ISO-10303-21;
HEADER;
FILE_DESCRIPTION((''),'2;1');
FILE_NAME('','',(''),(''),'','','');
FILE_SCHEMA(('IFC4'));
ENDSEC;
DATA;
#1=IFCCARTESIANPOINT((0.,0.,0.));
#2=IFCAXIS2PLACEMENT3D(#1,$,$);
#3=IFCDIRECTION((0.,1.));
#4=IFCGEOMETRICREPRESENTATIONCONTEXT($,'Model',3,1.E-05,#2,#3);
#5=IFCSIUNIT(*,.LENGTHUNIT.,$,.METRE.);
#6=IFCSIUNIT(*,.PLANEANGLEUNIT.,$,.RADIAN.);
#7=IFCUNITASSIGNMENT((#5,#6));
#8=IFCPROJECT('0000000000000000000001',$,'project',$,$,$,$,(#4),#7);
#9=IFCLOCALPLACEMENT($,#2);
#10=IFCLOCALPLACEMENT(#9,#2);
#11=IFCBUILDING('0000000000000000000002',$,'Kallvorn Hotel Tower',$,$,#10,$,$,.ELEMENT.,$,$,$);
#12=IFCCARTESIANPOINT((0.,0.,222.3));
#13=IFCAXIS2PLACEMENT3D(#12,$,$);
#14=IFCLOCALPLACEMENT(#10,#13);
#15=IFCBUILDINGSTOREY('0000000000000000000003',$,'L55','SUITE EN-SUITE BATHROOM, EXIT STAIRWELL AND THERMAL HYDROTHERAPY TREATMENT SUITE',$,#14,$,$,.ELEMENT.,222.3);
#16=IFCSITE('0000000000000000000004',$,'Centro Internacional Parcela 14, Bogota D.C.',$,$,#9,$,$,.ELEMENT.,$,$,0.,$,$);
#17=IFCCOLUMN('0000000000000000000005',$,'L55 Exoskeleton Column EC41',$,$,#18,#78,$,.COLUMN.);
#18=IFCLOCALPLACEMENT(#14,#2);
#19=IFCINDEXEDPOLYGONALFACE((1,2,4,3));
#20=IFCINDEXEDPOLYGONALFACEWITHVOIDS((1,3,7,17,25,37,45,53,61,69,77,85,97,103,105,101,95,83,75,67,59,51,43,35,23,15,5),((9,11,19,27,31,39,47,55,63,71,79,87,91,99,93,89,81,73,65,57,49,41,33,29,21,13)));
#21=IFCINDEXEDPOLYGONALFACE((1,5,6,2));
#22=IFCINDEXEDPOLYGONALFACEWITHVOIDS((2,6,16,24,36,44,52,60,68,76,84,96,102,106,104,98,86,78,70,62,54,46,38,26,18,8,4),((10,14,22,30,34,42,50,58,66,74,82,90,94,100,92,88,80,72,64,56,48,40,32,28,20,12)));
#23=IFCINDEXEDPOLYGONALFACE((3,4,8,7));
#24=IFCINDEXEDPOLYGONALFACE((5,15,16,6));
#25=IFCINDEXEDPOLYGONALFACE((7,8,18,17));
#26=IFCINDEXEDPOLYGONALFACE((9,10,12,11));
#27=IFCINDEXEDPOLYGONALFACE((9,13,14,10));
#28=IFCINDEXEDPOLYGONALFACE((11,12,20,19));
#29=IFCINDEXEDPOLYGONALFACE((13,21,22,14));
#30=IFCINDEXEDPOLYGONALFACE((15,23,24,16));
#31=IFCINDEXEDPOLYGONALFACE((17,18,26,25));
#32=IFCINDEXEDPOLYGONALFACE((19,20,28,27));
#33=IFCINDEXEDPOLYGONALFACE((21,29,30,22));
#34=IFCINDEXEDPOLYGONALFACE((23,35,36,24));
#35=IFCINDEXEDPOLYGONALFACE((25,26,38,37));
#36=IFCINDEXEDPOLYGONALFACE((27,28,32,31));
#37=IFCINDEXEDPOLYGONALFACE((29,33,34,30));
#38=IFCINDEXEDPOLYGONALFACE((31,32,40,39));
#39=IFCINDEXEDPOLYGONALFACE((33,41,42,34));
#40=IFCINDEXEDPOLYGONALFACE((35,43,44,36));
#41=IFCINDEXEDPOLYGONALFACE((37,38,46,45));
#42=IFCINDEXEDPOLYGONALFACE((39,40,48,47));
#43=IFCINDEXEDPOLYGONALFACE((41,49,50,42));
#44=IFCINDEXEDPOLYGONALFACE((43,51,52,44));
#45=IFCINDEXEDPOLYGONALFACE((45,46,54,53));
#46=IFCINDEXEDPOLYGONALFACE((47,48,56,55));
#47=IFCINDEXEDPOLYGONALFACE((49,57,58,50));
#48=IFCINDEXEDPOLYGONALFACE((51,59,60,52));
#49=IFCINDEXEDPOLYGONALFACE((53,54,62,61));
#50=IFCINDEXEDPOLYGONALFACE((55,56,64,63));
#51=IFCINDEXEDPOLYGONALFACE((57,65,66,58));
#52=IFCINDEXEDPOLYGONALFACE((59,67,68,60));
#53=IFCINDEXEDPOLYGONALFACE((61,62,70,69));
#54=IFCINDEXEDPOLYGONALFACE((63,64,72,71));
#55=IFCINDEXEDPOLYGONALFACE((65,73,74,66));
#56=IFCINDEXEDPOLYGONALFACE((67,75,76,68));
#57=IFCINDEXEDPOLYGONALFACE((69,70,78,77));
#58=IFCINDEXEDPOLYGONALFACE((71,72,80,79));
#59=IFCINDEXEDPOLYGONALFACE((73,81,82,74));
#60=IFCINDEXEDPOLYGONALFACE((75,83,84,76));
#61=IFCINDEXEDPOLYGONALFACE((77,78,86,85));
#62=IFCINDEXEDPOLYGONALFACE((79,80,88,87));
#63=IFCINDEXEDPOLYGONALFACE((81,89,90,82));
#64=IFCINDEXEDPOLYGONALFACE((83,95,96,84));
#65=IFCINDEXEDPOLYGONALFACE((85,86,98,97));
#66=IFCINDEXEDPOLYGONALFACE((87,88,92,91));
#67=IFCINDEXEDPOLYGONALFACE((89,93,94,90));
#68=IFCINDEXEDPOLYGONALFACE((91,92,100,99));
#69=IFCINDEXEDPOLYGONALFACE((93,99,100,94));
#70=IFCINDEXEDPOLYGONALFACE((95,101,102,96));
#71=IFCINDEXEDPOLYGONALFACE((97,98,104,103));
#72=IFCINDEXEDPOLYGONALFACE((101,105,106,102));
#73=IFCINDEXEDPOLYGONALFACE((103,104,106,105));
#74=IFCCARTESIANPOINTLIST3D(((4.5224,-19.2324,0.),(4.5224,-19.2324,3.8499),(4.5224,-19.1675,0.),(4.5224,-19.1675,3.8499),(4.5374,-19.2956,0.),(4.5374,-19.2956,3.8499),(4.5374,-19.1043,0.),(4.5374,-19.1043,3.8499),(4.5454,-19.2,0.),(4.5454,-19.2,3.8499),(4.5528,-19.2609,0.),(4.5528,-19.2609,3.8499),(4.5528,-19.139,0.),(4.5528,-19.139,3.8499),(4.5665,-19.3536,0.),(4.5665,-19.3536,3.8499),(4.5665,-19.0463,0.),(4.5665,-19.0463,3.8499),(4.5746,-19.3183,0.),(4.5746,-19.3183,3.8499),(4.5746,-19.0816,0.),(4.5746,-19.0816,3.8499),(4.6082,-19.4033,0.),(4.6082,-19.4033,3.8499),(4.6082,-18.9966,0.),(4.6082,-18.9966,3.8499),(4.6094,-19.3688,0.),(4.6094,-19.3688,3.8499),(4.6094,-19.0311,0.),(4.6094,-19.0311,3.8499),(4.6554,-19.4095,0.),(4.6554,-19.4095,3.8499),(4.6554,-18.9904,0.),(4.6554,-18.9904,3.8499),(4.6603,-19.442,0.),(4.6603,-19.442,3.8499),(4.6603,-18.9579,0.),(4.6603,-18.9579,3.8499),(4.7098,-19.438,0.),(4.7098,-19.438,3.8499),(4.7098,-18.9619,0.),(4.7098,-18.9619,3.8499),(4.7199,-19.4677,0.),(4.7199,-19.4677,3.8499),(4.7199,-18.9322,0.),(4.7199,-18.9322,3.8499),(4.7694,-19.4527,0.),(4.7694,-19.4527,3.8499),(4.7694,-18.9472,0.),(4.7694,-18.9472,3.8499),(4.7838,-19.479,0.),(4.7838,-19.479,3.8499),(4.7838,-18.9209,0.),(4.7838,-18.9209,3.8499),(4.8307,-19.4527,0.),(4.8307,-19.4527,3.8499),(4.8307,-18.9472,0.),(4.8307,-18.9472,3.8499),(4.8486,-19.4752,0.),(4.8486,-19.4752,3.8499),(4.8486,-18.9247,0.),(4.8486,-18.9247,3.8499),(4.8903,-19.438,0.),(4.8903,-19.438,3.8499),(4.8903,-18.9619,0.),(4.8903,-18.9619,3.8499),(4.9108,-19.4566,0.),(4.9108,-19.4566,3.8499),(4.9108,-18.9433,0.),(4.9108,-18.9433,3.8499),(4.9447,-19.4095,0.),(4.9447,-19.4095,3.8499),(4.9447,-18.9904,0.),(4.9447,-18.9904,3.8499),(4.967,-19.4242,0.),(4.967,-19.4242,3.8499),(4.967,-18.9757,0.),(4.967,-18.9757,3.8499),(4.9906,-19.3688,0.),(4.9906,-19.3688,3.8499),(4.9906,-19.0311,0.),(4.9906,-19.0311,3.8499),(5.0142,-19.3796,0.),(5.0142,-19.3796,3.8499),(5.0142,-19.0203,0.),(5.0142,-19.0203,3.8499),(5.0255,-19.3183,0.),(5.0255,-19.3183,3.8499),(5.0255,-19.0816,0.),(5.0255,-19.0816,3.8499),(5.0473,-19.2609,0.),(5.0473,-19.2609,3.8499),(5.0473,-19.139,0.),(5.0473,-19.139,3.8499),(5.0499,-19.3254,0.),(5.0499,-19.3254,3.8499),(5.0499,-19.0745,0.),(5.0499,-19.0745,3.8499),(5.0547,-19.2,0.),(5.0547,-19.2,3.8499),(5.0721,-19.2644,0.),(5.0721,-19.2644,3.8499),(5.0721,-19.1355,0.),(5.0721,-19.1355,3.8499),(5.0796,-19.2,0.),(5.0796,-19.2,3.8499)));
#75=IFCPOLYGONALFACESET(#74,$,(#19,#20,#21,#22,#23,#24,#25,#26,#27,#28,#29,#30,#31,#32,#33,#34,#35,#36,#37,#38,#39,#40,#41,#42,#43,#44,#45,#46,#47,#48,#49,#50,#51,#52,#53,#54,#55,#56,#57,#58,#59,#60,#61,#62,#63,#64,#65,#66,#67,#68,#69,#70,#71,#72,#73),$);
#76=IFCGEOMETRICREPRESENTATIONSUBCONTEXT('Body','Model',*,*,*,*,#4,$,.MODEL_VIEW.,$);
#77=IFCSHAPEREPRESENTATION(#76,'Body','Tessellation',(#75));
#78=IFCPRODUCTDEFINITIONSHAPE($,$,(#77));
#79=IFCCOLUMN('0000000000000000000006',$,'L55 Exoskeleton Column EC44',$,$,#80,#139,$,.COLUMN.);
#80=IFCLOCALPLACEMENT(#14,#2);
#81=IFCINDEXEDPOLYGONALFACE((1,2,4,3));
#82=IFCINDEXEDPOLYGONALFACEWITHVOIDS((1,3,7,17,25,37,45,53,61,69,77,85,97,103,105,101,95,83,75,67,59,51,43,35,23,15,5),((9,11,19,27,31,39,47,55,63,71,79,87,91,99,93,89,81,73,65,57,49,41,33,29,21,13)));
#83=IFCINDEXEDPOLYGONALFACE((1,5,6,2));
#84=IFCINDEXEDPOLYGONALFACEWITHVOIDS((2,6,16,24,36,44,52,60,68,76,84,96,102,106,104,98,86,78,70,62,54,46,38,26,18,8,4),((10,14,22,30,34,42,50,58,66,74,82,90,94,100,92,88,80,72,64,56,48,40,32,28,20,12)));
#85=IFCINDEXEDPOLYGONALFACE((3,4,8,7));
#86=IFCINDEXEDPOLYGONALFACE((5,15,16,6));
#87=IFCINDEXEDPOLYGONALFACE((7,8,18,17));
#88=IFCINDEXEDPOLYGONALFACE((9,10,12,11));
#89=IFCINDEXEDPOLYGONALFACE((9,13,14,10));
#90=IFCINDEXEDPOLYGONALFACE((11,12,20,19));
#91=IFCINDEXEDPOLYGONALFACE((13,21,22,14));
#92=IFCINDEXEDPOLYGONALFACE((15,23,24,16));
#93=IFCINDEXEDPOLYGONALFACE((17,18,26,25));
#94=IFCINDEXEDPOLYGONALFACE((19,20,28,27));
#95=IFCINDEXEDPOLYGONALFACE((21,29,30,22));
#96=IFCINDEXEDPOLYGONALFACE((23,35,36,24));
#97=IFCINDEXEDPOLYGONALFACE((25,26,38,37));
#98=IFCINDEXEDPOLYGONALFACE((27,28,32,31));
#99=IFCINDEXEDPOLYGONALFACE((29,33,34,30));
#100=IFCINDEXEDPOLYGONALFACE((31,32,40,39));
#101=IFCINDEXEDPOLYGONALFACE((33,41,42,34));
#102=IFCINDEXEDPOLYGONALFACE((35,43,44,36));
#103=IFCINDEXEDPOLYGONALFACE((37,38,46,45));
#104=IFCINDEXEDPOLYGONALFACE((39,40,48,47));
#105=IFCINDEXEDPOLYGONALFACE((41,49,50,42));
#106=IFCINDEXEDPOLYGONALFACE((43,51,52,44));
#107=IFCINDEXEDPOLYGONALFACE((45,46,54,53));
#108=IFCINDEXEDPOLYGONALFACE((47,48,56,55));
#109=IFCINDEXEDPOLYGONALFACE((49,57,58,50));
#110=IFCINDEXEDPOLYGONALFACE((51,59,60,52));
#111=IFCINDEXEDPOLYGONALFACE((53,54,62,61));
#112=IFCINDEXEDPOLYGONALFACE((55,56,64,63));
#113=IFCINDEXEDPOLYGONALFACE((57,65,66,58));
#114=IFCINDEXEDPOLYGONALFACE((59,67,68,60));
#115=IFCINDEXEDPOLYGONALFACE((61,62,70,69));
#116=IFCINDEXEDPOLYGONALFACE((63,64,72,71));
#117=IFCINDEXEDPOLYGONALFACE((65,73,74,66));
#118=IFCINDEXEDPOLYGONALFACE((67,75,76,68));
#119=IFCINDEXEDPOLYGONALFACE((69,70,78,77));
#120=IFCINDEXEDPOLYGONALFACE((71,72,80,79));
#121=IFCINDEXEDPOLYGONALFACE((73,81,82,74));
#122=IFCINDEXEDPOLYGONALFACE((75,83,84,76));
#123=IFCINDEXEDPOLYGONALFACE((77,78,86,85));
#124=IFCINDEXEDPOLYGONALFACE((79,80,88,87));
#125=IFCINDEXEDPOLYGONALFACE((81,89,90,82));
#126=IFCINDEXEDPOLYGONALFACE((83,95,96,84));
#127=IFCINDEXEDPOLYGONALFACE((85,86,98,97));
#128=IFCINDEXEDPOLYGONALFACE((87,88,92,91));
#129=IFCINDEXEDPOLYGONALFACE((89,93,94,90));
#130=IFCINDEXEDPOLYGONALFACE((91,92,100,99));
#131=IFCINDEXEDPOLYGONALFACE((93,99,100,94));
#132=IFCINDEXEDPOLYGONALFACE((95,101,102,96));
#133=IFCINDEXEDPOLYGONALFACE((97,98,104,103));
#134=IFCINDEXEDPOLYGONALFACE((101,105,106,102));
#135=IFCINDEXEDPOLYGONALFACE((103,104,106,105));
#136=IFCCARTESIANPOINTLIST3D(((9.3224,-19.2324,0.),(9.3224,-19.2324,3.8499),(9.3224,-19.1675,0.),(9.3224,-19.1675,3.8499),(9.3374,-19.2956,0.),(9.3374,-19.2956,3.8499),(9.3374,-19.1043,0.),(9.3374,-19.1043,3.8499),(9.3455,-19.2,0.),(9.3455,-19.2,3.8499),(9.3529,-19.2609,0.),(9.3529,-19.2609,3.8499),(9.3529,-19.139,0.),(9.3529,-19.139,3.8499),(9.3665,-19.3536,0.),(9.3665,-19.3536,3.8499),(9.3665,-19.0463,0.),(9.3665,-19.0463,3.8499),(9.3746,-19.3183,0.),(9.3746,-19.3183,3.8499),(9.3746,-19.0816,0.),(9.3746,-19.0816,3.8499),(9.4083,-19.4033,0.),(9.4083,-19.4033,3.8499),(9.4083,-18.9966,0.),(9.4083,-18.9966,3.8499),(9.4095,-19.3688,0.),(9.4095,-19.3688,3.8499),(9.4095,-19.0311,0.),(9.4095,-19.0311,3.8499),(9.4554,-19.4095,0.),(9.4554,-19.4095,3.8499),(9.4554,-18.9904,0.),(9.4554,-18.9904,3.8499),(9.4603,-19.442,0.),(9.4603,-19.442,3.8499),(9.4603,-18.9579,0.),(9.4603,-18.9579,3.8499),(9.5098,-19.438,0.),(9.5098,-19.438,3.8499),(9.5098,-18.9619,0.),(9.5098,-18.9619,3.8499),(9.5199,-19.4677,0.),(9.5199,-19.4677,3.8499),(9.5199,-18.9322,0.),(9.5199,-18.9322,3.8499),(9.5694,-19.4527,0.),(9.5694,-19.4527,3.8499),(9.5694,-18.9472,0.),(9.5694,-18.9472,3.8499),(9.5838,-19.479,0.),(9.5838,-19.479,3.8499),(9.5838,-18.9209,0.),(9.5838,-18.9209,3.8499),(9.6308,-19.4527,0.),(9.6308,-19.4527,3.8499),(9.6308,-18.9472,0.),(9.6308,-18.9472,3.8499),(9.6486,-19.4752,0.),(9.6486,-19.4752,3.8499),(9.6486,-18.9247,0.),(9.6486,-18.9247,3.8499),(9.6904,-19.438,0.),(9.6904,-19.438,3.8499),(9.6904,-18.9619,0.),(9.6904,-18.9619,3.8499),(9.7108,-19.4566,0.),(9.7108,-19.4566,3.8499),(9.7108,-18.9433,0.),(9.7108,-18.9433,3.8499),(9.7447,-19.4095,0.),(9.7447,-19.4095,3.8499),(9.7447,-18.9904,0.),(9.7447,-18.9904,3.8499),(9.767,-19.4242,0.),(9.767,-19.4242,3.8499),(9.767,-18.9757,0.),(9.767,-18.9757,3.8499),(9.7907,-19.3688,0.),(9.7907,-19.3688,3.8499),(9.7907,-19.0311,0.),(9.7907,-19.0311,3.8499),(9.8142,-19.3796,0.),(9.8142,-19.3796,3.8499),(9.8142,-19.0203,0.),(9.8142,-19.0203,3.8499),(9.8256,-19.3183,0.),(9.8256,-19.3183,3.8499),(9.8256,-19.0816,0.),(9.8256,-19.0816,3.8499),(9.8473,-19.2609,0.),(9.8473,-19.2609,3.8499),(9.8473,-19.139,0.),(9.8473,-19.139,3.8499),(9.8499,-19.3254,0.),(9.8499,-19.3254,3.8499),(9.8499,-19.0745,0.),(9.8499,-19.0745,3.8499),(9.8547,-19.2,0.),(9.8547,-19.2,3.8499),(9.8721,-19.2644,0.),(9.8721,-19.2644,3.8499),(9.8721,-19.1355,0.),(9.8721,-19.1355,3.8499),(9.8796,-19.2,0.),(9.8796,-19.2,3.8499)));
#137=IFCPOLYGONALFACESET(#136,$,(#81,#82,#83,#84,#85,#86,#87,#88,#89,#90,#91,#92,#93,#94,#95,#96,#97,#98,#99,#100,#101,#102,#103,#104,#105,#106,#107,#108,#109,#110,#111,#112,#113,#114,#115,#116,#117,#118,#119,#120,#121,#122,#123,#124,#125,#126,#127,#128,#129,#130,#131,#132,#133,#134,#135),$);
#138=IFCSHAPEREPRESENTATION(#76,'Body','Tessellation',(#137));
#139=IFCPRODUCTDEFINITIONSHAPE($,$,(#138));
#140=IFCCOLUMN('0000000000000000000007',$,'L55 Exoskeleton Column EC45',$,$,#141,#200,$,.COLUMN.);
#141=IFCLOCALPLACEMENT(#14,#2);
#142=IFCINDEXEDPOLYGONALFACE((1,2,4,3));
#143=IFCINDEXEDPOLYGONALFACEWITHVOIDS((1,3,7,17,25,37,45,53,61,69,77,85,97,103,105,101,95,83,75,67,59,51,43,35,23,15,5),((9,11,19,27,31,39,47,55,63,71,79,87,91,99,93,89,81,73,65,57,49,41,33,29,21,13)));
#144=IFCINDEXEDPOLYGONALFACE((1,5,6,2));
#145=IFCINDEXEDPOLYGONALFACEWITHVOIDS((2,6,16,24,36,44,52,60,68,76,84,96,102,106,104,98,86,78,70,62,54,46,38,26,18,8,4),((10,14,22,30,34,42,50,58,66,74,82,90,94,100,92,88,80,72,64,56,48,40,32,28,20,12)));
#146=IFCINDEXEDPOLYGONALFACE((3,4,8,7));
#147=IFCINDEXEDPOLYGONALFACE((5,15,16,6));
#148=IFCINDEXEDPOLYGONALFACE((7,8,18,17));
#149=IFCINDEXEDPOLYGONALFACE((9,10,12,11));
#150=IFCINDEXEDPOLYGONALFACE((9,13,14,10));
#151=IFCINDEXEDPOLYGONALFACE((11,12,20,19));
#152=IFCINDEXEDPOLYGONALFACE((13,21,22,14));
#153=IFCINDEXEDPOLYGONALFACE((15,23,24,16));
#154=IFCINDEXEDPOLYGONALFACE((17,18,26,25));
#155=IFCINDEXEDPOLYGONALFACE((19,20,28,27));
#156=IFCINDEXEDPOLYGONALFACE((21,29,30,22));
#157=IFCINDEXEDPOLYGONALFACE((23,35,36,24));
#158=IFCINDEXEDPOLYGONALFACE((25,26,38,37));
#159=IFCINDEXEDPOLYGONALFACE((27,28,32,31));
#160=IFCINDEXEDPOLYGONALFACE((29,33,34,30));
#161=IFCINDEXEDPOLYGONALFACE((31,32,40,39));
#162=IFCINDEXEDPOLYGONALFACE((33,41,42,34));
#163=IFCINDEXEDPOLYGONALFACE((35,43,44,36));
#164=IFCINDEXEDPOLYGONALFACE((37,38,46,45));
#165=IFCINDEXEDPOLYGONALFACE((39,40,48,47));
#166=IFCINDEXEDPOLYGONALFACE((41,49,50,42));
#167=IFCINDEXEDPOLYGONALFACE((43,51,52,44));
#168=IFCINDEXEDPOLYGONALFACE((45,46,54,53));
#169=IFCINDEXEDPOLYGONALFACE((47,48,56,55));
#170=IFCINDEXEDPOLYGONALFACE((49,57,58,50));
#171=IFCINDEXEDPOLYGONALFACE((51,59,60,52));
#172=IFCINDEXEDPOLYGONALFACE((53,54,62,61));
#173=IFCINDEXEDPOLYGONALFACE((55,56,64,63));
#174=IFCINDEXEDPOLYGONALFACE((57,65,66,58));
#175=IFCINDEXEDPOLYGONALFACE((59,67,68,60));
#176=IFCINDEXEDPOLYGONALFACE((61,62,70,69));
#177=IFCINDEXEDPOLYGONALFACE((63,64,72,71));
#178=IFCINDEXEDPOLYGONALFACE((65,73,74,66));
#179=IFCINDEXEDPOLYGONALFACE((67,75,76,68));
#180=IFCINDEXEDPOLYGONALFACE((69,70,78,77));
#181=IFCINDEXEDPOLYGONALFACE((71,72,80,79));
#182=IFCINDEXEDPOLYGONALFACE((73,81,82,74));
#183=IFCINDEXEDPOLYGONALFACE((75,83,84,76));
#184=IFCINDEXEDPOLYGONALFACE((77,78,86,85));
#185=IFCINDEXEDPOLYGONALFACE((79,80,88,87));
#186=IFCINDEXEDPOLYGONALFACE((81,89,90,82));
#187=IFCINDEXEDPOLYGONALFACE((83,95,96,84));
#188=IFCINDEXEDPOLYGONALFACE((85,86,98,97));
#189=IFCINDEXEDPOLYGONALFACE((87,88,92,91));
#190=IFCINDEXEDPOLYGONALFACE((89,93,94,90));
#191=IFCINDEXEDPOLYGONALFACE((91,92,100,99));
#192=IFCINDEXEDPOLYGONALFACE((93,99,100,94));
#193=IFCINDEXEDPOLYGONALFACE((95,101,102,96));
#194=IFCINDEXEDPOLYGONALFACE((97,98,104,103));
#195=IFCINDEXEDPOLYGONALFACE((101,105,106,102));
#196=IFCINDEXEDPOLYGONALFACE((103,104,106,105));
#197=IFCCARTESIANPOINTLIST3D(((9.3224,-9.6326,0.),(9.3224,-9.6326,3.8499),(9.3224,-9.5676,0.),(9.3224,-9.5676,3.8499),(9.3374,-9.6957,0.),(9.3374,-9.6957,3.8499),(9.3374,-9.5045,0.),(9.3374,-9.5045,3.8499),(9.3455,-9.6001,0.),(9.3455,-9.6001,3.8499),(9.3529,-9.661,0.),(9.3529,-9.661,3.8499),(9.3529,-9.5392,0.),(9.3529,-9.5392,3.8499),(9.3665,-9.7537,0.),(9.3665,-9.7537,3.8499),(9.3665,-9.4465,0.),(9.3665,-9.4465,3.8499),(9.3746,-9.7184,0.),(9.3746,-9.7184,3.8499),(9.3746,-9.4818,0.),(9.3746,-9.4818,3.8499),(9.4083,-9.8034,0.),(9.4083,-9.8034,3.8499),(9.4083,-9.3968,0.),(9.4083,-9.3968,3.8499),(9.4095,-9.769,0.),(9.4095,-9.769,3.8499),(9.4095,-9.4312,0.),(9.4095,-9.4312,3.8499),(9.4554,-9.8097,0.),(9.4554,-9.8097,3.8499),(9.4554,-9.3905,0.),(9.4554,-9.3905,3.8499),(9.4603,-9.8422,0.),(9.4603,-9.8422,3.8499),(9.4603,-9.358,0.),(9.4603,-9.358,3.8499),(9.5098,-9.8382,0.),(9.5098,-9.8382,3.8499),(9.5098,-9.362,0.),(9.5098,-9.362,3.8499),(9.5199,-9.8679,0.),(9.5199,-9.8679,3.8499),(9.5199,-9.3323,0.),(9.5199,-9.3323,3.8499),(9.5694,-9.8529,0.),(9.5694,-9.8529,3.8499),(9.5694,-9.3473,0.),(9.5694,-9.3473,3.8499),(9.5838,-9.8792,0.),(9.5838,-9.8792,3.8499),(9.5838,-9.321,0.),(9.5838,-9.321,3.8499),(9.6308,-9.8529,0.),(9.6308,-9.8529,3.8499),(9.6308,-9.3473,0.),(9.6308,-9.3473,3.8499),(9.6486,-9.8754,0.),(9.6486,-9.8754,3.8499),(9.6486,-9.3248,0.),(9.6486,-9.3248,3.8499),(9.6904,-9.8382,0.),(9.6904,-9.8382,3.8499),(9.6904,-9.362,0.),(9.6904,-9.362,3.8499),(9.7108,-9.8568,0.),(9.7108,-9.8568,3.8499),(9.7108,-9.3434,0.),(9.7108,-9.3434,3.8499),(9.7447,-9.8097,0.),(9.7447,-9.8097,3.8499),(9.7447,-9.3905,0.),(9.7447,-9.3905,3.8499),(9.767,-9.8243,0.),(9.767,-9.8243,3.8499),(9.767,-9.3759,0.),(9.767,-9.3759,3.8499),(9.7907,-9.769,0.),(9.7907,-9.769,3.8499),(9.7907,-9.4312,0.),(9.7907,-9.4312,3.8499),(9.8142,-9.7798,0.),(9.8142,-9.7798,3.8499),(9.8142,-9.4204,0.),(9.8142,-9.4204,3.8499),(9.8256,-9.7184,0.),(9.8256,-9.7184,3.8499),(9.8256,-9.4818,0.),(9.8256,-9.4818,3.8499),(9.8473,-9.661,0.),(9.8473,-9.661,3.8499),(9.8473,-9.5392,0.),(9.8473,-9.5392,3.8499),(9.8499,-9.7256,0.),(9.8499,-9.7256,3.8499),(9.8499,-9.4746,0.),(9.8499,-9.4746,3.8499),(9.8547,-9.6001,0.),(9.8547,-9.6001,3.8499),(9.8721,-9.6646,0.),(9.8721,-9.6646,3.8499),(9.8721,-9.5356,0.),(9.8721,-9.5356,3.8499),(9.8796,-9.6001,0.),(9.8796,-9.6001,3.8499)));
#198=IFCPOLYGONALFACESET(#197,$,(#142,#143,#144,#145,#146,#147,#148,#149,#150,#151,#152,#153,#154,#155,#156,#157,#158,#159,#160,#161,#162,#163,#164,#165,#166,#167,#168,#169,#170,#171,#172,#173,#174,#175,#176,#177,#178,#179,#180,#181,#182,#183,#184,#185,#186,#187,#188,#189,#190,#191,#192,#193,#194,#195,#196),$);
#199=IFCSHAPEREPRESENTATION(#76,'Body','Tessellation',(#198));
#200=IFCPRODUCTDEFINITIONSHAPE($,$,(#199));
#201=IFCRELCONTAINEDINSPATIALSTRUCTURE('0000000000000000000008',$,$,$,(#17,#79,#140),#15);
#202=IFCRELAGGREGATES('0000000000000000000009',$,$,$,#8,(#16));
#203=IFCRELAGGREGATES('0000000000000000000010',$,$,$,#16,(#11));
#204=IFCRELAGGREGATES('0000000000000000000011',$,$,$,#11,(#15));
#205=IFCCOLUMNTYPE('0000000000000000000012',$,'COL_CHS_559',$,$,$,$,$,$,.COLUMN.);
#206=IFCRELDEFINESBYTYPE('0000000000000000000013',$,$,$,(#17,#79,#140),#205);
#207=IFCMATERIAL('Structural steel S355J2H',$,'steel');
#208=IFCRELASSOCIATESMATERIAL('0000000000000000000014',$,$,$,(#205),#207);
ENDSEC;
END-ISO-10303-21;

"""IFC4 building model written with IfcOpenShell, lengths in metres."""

from ifc_helpers import new_model, si_unit, direction, frame, origin, origin_2d, place, context, subcontext, project, spatial, hollow_circle, extrude, material, material_profile, profile_set, type_object, element, save


model = new_model("IFC4")

# Units and contexts
model_context = context("Model", 3, precision=1e-05, world=origin(), true_north=direction((0.0, 1.0)))
body_context = subcontext(model_context, "Body", "Model", "MODEL_VIEW")
ifc_project = project(units=[si_unit("LENGTHUNIT", "METRE"), si_unit("PLANEANGLEUNIT", "RADIAN")], contexts=[model_context])

# Site, building, storey
site_placement = place(None, origin())
site = spatial("IfcSite", under=ifc_project, at=site_placement, Name="Centro Internacional Parcela 14, Bogota D.C.", CompositionType="ELEMENT", RefElevation=0.0)
building_placement = place(site_placement, origin())
building = spatial("IfcBuilding", under=site, at=building_placement, Name="Kallvorn Hotel Tower", CompositionType="ELEMENT")
storey_placement = place(building_placement, frame((0.0, 0.0, 222.3)))
storey = spatial("IfcBuildingStorey", under=building, at=storey_placement, Name="L55", Description="SUITE EN-SUITE BATHROOM, EXIT STAIRWELL AND THERMAL HYDROTHERAPY TREATMENT SUITE", CompositionType="ELEMENT", Elevation=222.3)

# Columns
ifc_material_1 = material(Name="Structural steel S355J2H", Category="steel")
ifc_material_profile_1 = material_profile(ifc_material_1, hollow_circle(Radius=0.2795, WallThickness=0.0249, at=origin_2d()), Name="CHS 559x25")
ifc_profile_set_1 = profile_set([ifc_material_profile_1], Name="Structural steel S355J2H")
column_type_1 = type_object("IfcColumnType", Name="COL_CHS_559", PredefinedType="COLUMN", material=ifc_profile_set_1)
for number, where, z_axis, x_axis, name in (
    (1, (4.8, -19.2, 0.0), (0.0, 0.0, 1.0), (1.0, 0.0, 0.0), "L55 Exoskeleton Column EC41"),
    (2, (9.6001, -19.2, 0.0), (0.0, 0.0, 1.0), (1.0, 0.0, 0.0), "L55 Exoskeleton Column EC44"),
    (3, (9.6001, -9.6001, 0.0), (0.0, 0.0, 1.0), (1.0, 0.0, 0.0), "L55 Exoskeleton Column EC45"),
):
    element("IfcColumn", number, at=place(storey_placement, frame(where, z_axis=z_axis, x_axis=x_axis)), inside=storey, type_object=column_type_1, Name=name, PredefinedType="COLUMN", context=body_context, shape_type="SweptSolid", body=[
        extrude(hollow_circle(Radius=0.2795, WallThickness=0.0249, at=origin_2d()), origin(), (0.0, 0.0, 1.0), 3.8499),
    ])

save(model, "model.ifc")
